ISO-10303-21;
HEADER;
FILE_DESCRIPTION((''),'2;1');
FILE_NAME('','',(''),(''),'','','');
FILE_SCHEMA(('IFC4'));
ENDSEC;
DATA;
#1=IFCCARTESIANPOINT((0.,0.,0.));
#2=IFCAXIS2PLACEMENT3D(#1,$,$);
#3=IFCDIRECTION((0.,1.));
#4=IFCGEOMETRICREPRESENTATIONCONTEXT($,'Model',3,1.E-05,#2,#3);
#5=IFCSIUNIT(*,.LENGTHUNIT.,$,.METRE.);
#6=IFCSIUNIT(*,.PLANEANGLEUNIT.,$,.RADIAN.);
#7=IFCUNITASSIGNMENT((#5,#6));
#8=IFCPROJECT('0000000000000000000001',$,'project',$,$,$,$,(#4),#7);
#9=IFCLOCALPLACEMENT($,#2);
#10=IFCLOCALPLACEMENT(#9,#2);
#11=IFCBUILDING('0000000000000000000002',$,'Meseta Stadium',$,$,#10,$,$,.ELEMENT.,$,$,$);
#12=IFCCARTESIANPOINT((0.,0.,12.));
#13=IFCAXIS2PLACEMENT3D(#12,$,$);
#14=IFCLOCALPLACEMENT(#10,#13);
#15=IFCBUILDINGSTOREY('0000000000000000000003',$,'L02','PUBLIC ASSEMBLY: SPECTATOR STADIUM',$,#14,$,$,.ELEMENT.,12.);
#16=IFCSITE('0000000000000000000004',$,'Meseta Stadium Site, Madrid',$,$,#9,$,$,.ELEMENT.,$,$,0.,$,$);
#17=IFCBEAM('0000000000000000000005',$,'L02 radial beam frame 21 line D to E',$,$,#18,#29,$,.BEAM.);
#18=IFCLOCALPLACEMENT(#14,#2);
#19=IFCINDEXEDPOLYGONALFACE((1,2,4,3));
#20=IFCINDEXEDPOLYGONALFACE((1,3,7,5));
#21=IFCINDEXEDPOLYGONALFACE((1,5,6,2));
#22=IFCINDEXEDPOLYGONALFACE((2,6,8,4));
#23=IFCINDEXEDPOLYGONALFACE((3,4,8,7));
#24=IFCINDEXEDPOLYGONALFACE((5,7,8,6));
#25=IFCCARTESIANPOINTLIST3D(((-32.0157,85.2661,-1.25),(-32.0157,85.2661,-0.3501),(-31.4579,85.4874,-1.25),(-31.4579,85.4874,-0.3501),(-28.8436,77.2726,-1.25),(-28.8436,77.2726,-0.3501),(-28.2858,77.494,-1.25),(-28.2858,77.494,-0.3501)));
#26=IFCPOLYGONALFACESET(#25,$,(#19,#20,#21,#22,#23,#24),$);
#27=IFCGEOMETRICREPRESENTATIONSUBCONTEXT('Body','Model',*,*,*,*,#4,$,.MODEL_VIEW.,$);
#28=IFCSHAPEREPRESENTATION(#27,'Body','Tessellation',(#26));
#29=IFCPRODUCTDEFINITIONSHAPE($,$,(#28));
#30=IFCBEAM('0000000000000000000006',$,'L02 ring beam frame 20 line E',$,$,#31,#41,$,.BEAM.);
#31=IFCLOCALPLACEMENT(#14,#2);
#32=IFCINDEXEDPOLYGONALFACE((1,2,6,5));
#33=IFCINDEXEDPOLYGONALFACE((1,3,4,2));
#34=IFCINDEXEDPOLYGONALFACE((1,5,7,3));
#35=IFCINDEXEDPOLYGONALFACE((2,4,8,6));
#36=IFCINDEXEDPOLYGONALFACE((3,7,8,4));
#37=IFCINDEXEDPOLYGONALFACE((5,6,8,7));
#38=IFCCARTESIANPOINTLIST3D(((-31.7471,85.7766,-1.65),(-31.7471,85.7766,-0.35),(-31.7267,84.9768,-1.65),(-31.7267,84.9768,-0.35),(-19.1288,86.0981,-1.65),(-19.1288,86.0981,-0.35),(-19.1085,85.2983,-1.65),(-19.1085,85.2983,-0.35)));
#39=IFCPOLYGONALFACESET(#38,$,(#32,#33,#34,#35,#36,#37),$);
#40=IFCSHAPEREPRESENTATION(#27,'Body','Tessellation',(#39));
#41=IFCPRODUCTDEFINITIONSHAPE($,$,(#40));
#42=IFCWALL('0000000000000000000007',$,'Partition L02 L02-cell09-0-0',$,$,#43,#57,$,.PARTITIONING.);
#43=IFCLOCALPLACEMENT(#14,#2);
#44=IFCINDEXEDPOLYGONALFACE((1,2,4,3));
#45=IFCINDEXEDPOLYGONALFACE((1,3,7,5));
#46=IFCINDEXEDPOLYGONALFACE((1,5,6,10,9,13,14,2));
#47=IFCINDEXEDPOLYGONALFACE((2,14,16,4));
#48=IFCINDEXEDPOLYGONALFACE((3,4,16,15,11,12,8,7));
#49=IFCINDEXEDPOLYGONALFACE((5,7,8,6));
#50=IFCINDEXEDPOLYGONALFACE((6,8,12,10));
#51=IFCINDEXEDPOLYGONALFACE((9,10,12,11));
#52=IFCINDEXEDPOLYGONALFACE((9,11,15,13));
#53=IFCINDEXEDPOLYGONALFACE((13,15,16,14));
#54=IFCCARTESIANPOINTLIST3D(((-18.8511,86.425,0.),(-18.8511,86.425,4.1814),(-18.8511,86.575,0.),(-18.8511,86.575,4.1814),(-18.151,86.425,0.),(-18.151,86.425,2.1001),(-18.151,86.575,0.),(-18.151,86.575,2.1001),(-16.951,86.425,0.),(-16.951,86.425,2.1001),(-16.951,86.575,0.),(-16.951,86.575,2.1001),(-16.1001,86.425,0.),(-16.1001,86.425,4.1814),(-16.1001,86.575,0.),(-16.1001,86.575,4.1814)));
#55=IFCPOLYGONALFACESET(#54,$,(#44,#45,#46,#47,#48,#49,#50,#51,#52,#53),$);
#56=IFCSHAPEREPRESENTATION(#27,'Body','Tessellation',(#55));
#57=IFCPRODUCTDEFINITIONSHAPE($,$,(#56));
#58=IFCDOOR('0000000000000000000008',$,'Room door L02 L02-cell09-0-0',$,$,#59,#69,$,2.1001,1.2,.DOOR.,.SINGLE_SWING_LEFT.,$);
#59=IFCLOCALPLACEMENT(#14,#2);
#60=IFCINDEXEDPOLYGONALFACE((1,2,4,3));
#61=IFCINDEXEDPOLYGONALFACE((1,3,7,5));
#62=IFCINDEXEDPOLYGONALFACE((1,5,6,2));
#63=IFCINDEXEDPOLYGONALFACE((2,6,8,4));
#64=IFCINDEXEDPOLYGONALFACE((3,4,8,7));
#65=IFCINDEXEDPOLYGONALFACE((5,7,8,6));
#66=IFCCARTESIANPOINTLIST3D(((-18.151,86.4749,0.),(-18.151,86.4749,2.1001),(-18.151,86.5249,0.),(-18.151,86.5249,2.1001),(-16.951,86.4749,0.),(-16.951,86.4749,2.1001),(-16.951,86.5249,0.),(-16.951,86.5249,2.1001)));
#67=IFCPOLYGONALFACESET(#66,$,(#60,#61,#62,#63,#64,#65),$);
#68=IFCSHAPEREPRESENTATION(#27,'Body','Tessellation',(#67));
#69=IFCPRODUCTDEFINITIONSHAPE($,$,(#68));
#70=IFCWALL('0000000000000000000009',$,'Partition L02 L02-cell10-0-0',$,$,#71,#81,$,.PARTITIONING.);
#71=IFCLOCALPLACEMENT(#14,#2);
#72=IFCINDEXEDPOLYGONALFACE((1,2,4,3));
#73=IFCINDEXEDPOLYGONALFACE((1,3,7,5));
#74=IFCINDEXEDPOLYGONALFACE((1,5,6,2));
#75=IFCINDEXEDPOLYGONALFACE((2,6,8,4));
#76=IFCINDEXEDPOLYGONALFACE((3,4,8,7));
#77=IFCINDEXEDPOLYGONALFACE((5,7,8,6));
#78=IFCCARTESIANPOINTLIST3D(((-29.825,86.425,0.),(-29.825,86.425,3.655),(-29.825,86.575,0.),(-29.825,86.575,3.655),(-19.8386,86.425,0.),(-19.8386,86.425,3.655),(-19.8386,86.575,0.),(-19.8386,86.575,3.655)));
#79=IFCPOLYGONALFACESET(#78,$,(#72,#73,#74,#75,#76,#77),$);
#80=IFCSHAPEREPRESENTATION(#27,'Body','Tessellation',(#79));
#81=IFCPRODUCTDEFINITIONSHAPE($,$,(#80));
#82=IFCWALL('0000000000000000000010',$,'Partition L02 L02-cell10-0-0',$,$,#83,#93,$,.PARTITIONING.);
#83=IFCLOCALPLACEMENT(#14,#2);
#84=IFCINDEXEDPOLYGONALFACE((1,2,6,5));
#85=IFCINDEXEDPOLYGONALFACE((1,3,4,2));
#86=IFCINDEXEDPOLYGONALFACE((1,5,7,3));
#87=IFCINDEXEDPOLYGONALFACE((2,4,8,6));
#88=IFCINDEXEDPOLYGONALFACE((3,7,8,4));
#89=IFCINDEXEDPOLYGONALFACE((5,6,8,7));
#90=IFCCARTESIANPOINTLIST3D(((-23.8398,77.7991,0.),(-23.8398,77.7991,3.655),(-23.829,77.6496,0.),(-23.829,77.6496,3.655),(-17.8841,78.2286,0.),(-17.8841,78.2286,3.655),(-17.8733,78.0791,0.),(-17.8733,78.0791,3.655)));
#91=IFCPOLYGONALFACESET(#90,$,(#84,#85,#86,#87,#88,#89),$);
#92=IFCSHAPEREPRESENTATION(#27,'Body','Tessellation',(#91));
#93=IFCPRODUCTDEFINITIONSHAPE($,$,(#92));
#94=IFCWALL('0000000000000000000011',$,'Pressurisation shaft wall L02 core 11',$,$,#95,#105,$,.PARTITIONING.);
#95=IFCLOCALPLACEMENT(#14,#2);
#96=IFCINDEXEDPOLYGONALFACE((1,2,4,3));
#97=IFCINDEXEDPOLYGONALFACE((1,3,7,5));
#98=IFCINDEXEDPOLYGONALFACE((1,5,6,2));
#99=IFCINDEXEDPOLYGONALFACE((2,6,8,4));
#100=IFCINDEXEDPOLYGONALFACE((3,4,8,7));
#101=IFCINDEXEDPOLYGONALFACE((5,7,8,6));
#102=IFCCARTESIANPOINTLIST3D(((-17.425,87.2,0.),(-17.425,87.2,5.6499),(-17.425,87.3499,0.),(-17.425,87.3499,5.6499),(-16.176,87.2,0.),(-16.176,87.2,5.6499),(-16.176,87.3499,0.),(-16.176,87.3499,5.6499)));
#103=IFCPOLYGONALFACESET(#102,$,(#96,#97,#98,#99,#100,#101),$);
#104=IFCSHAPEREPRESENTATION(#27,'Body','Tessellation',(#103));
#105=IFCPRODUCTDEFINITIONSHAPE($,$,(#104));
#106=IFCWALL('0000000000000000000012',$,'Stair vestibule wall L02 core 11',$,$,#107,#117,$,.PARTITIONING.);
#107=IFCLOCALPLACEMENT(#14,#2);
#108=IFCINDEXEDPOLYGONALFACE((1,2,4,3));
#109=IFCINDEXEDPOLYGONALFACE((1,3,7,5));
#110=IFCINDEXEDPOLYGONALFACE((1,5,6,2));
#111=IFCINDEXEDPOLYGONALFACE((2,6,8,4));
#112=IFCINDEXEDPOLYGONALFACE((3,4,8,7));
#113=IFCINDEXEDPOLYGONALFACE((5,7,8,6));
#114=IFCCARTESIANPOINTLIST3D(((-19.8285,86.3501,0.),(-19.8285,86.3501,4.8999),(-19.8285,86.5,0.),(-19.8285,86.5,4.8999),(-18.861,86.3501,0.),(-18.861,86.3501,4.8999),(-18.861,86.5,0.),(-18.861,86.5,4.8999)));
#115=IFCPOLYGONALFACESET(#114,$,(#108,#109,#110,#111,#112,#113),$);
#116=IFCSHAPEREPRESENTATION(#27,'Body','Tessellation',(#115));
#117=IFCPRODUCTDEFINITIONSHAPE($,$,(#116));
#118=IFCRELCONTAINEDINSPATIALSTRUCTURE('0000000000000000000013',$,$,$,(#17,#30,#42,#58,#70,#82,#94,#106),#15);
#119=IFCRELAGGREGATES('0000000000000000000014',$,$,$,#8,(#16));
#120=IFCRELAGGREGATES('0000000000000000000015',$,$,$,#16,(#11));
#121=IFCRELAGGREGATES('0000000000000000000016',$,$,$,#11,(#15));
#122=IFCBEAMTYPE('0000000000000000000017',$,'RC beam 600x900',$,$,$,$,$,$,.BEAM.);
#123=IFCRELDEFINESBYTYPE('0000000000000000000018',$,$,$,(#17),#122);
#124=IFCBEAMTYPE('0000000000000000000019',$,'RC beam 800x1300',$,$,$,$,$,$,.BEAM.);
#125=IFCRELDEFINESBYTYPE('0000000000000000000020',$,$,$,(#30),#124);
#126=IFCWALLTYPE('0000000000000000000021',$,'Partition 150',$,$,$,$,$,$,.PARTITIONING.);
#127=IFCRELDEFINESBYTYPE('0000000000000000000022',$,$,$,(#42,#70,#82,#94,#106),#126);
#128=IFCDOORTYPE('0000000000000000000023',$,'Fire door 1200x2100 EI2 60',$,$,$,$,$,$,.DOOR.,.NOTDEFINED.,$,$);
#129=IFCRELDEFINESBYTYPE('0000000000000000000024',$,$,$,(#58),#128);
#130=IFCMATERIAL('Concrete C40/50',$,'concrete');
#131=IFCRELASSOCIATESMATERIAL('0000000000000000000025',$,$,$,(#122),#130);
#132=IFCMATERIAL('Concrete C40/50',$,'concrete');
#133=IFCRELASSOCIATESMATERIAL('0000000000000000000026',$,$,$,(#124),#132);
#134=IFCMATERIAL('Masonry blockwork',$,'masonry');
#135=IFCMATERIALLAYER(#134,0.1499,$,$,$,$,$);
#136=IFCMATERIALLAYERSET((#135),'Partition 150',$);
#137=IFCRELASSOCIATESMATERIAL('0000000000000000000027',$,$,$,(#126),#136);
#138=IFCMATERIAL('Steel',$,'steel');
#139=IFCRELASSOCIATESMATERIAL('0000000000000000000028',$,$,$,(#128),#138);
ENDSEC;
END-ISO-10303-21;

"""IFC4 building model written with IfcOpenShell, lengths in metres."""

from ifc_helpers import new_model, si_unit, direction, frame, frame_2d, origin, origin_2d, place, context, subcontext, project, spatial, rectangle, extrude, material, layer, layer_set, material_profile, profile_set, type_object, element, fill, save


model = new_model("IFC4")

# Units and contexts
model_context = context("Model", 3, precision=1e-05, world=origin(), true_north=direction((0.0, 1.0)))
body_context = subcontext(model_context, "Body", "Model", "MODEL_VIEW")
ifc_project = project(units=[si_unit("LENGTHUNIT", "METRE"), si_unit("PLANEANGLEUNIT", "RADIAN")], contexts=[model_context])

# Site, building, storey
site_placement = place(None, origin())
site = spatial("IfcSite", under=ifc_project, at=site_placement, Name="Meseta Stadium Site, Madrid", CompositionType="ELEMENT", RefElevation=0.0)
building_placement = place(site_placement, origin())
building = spatial("IfcBuilding", under=site, at=building_placement, Name="Meseta Stadium", CompositionType="ELEMENT")
storey_placement = place(building_placement, frame((0.0, 0.0, 12.0)))
storey = spatial("IfcBuildingStorey", under=building, at=storey_placement, Name="L02", Description="PUBLIC ASSEMBLY: SPECTATOR STADIUM", CompositionType="ELEMENT", Elevation=12.0)

# Beams
ifc_material_1 = material(Name="Concrete C40/50", Category="concrete")
ifc_material_profile_1 = material_profile(ifc_material_1, rectangle(XDim=0.6001, YDim=0.8999, at=origin_2d()), Name="RC 600x900")
ifc_profile_set_1 = profile_set([ifc_material_profile_1], Name="Concrete C40/50")
beam_type_1 = type_object("IfcBeamType", Name="RC beam 600x900", PredefinedType="BEAM", material=ifc_profile_set_1)
beam_1_placement = place(storey_placement, frame((-28.5647, 77.3833, -0.8), z_axis=(-0.368859, 0.929485, 0.0), x_axis=(-0.929485, -0.368859, 0.0)))
element("IfcBeam", 1, at=beam_1_placement, inside=storey, type_object=beam_type_1, Name="L02 radial beam frame 21 line D to E", PredefinedType="BEAM", context=body_context, shape_type="SweptSolid", body=[
    extrude(rectangle(XDim=0.6001, YDim=0.8999, at=origin_2d()), origin(), (0.0, 0.0, 1.0), 8.5999),
])
ifc_material_2 = material(Name="Concrete C40/50", Category="concrete")
ifc_material_profile_2 = material_profile(ifc_material_2, rectangle(XDim=0.8, YDim=1.3, at=origin_2d()), Name="RC 800x1300")
ifc_profile_set_2 = profile_set([ifc_material_profile_2], Name="Concrete C40/50")
beam_type_2 = type_object("IfcBeamType", Name="RC beam 800x1300", PredefinedType="BEAM", material=ifc_profile_set_2)
beam_2_placement = place(storey_placement, frame((-19.1187, 85.6982, -1.0), z_axis=(-0.999675, -0.025474, 0.0), x_axis=(0.025474, -0.999675, 0.0)))
element("IfcBeam", 2, at=beam_2_placement, inside=storey, type_object=beam_type_2, Name="L02 ring beam frame 20 line E", PredefinedType="BEAM", context=body_context, shape_type="SweptSolid", body=[
    extrude(rectangle(XDim=0.8, YDim=1.3, at=origin_2d()), origin(), (0.0, 0.0, 1.0), 12.6223),
])

# Wall, opening, door
ifc_material_3 = material(Name="Masonry blockwork", Category="masonry")
ifc_layer_1 = layer(ifc_material_3, 0.1499)
ifc_layer_set_1 = layer_set([ifc_layer_1], Name="Partition 150")
wall_type = type_object("IfcWallType", Name="Partition 150", PredefinedType="PARTITIONING", material=ifc_layer_set_1)
wall_1_placement = place(storey_placement, frame((-18.8511, 86.5, 0.0), z_axis=(0.0, 0.0, 1.0), x_axis=(1.0, 0.0, 0.0)))
wall_1 = element("IfcWall", 3, at=wall_1_placement, inside=storey, type_object=wall_type, Name="Partition L02 L02-cell09-0-0", PredefinedType="PARTITIONING", context=body_context, shape_type="SweptSolid", body=[
    extrude(rectangle(XDim=2.751, YDim=0.1499, at=frame_2d((1.3755, 0.0))), origin(), (0.0, 0.0, 1.0), 4.1814),
])
opening_placement = place(wall_1_placement, frame((0.7, 0.0, 0.0)))
opening = element("IfcOpeningElement", 4, at=opening_placement, cuts=wall_1, PredefinedType="OPENING", context=body_context, shape_type="SweptSolid", body=[
    extrude(rectangle(XDim=1.2, YDim=2.1001, at=frame_2d((0.6001, 1.05))), frame((0.0, 0.085, 0.0), z_axis=(0.0, -1.0, 0.0), x_axis=(1.0, 0.0, 0.0)), (0.0, 0.0, 1.0), 0.1699),
])
ifc_material_4 = material(Name="Steel", Category="steel")
door_type = type_object("IfcDoorType", Name="Fire door 1200x2100 EI2 60", OperationType="NOTDEFINED", PredefinedType="DOOR", material=ifc_material_4)
door_placement = place(opening_placement, origin())
door = element("IfcDoor", 5, at=door_placement, inside=storey, type_object=door_type, Name="Room door L02 L02-cell09-0-0", OperationType="SINGLE_SWING_LEFT", OverallHeight=2.1001, OverallWidth=1.2, PredefinedType="DOOR", context=body_context, shape_type="SweptSolid", body=[
    extrude(rectangle(XDim=1.2, YDim=2.1001, at=frame_2d((0.6001, 1.05))), frame((0.0, 0.0249, 0.0), z_axis=(0.0, -1.0, 0.0), x_axis=(1.0, 0.0, 0.0)), (0.0, 0.0, 1.0), 0.05),
])
fill(opening, door)

# Walls
wall_2_placement = place(storey_placement, frame((-29.825, 86.5, 0.0), z_axis=(0.0, 0.0, 1.0), x_axis=(1.0, 0.0, 0.0)))
element("IfcWall", 6, at=wall_2_placement, inside=storey, type_object=wall_type, Name="Partition L02 L02-cell10-0-0", PredefinedType="PARTITIONING", context=body_context, shape_type="SweptSolid", body=[
    extrude(rectangle(XDim=9.9863, YDim=0.1499, at=frame_2d((4.9932, 0.0))), origin(), (0.0, 0.0, 1.0), 3.655),
])
wall_3_placement = place(storey_placement, frame((-17.8787, 78.1538, 0.0), z_axis=(0.0, 0.0, 1.0), x_axis=(-0.997411, -0.071918, 0.0)))
element("IfcWall", 7, at=wall_3_placement, inside=storey, type_object=wall_type, Name="Partition L02 L02-cell10-0-0", PredefinedType="PARTITIONING", context=body_context, shape_type="SweptSolid", body=[
    extrude(rectangle(XDim=5.9712, YDim=0.1499, at=frame_2d((2.9856, 0.0))), origin(), (0.0, 0.0, 1.0), 3.655),
])
wall_4_placement = place(storey_placement, frame((-17.425, 87.2749, 0.0), z_axis=(0.0, 0.0, 1.0), x_axis=(1.0, 0.0, 0.0)))
element("IfcWall", 8, at=wall_4_placement, inside=storey, type_object=wall_type, Name="Pressurisation shaft wall L02 core 11", PredefinedType="PARTITIONING", context=body_context, shape_type="SweptSolid", body=[
    extrude(rectangle(XDim=1.249, YDim=0.1499, at=frame_2d((0.6245, 0.0))), origin(), (0.0, 0.0, 1.0), 5.6499),
])
wall_5_placement = place(storey_placement, frame((-19.8286, 86.425, 0.0), z_axis=(0.0, 0.0, 1.0), x_axis=(1.0, 0.0, 0.0)))
element("IfcWall", 9, at=wall_5_placement, inside=storey, type_object=wall_type, Name="Stair vestibule wall L02 core 11", PredefinedType="PARTITIONING", context=body_context, shape_type="SweptSolid", body=[
    extrude(rectangle(XDim=0.9675, YDim=0.1499, at=frame_2d((0.4839, 0.0))), origin(), (0.0, 0.0, 1.0), 4.8999),
])

save(model, "model.ifc")
